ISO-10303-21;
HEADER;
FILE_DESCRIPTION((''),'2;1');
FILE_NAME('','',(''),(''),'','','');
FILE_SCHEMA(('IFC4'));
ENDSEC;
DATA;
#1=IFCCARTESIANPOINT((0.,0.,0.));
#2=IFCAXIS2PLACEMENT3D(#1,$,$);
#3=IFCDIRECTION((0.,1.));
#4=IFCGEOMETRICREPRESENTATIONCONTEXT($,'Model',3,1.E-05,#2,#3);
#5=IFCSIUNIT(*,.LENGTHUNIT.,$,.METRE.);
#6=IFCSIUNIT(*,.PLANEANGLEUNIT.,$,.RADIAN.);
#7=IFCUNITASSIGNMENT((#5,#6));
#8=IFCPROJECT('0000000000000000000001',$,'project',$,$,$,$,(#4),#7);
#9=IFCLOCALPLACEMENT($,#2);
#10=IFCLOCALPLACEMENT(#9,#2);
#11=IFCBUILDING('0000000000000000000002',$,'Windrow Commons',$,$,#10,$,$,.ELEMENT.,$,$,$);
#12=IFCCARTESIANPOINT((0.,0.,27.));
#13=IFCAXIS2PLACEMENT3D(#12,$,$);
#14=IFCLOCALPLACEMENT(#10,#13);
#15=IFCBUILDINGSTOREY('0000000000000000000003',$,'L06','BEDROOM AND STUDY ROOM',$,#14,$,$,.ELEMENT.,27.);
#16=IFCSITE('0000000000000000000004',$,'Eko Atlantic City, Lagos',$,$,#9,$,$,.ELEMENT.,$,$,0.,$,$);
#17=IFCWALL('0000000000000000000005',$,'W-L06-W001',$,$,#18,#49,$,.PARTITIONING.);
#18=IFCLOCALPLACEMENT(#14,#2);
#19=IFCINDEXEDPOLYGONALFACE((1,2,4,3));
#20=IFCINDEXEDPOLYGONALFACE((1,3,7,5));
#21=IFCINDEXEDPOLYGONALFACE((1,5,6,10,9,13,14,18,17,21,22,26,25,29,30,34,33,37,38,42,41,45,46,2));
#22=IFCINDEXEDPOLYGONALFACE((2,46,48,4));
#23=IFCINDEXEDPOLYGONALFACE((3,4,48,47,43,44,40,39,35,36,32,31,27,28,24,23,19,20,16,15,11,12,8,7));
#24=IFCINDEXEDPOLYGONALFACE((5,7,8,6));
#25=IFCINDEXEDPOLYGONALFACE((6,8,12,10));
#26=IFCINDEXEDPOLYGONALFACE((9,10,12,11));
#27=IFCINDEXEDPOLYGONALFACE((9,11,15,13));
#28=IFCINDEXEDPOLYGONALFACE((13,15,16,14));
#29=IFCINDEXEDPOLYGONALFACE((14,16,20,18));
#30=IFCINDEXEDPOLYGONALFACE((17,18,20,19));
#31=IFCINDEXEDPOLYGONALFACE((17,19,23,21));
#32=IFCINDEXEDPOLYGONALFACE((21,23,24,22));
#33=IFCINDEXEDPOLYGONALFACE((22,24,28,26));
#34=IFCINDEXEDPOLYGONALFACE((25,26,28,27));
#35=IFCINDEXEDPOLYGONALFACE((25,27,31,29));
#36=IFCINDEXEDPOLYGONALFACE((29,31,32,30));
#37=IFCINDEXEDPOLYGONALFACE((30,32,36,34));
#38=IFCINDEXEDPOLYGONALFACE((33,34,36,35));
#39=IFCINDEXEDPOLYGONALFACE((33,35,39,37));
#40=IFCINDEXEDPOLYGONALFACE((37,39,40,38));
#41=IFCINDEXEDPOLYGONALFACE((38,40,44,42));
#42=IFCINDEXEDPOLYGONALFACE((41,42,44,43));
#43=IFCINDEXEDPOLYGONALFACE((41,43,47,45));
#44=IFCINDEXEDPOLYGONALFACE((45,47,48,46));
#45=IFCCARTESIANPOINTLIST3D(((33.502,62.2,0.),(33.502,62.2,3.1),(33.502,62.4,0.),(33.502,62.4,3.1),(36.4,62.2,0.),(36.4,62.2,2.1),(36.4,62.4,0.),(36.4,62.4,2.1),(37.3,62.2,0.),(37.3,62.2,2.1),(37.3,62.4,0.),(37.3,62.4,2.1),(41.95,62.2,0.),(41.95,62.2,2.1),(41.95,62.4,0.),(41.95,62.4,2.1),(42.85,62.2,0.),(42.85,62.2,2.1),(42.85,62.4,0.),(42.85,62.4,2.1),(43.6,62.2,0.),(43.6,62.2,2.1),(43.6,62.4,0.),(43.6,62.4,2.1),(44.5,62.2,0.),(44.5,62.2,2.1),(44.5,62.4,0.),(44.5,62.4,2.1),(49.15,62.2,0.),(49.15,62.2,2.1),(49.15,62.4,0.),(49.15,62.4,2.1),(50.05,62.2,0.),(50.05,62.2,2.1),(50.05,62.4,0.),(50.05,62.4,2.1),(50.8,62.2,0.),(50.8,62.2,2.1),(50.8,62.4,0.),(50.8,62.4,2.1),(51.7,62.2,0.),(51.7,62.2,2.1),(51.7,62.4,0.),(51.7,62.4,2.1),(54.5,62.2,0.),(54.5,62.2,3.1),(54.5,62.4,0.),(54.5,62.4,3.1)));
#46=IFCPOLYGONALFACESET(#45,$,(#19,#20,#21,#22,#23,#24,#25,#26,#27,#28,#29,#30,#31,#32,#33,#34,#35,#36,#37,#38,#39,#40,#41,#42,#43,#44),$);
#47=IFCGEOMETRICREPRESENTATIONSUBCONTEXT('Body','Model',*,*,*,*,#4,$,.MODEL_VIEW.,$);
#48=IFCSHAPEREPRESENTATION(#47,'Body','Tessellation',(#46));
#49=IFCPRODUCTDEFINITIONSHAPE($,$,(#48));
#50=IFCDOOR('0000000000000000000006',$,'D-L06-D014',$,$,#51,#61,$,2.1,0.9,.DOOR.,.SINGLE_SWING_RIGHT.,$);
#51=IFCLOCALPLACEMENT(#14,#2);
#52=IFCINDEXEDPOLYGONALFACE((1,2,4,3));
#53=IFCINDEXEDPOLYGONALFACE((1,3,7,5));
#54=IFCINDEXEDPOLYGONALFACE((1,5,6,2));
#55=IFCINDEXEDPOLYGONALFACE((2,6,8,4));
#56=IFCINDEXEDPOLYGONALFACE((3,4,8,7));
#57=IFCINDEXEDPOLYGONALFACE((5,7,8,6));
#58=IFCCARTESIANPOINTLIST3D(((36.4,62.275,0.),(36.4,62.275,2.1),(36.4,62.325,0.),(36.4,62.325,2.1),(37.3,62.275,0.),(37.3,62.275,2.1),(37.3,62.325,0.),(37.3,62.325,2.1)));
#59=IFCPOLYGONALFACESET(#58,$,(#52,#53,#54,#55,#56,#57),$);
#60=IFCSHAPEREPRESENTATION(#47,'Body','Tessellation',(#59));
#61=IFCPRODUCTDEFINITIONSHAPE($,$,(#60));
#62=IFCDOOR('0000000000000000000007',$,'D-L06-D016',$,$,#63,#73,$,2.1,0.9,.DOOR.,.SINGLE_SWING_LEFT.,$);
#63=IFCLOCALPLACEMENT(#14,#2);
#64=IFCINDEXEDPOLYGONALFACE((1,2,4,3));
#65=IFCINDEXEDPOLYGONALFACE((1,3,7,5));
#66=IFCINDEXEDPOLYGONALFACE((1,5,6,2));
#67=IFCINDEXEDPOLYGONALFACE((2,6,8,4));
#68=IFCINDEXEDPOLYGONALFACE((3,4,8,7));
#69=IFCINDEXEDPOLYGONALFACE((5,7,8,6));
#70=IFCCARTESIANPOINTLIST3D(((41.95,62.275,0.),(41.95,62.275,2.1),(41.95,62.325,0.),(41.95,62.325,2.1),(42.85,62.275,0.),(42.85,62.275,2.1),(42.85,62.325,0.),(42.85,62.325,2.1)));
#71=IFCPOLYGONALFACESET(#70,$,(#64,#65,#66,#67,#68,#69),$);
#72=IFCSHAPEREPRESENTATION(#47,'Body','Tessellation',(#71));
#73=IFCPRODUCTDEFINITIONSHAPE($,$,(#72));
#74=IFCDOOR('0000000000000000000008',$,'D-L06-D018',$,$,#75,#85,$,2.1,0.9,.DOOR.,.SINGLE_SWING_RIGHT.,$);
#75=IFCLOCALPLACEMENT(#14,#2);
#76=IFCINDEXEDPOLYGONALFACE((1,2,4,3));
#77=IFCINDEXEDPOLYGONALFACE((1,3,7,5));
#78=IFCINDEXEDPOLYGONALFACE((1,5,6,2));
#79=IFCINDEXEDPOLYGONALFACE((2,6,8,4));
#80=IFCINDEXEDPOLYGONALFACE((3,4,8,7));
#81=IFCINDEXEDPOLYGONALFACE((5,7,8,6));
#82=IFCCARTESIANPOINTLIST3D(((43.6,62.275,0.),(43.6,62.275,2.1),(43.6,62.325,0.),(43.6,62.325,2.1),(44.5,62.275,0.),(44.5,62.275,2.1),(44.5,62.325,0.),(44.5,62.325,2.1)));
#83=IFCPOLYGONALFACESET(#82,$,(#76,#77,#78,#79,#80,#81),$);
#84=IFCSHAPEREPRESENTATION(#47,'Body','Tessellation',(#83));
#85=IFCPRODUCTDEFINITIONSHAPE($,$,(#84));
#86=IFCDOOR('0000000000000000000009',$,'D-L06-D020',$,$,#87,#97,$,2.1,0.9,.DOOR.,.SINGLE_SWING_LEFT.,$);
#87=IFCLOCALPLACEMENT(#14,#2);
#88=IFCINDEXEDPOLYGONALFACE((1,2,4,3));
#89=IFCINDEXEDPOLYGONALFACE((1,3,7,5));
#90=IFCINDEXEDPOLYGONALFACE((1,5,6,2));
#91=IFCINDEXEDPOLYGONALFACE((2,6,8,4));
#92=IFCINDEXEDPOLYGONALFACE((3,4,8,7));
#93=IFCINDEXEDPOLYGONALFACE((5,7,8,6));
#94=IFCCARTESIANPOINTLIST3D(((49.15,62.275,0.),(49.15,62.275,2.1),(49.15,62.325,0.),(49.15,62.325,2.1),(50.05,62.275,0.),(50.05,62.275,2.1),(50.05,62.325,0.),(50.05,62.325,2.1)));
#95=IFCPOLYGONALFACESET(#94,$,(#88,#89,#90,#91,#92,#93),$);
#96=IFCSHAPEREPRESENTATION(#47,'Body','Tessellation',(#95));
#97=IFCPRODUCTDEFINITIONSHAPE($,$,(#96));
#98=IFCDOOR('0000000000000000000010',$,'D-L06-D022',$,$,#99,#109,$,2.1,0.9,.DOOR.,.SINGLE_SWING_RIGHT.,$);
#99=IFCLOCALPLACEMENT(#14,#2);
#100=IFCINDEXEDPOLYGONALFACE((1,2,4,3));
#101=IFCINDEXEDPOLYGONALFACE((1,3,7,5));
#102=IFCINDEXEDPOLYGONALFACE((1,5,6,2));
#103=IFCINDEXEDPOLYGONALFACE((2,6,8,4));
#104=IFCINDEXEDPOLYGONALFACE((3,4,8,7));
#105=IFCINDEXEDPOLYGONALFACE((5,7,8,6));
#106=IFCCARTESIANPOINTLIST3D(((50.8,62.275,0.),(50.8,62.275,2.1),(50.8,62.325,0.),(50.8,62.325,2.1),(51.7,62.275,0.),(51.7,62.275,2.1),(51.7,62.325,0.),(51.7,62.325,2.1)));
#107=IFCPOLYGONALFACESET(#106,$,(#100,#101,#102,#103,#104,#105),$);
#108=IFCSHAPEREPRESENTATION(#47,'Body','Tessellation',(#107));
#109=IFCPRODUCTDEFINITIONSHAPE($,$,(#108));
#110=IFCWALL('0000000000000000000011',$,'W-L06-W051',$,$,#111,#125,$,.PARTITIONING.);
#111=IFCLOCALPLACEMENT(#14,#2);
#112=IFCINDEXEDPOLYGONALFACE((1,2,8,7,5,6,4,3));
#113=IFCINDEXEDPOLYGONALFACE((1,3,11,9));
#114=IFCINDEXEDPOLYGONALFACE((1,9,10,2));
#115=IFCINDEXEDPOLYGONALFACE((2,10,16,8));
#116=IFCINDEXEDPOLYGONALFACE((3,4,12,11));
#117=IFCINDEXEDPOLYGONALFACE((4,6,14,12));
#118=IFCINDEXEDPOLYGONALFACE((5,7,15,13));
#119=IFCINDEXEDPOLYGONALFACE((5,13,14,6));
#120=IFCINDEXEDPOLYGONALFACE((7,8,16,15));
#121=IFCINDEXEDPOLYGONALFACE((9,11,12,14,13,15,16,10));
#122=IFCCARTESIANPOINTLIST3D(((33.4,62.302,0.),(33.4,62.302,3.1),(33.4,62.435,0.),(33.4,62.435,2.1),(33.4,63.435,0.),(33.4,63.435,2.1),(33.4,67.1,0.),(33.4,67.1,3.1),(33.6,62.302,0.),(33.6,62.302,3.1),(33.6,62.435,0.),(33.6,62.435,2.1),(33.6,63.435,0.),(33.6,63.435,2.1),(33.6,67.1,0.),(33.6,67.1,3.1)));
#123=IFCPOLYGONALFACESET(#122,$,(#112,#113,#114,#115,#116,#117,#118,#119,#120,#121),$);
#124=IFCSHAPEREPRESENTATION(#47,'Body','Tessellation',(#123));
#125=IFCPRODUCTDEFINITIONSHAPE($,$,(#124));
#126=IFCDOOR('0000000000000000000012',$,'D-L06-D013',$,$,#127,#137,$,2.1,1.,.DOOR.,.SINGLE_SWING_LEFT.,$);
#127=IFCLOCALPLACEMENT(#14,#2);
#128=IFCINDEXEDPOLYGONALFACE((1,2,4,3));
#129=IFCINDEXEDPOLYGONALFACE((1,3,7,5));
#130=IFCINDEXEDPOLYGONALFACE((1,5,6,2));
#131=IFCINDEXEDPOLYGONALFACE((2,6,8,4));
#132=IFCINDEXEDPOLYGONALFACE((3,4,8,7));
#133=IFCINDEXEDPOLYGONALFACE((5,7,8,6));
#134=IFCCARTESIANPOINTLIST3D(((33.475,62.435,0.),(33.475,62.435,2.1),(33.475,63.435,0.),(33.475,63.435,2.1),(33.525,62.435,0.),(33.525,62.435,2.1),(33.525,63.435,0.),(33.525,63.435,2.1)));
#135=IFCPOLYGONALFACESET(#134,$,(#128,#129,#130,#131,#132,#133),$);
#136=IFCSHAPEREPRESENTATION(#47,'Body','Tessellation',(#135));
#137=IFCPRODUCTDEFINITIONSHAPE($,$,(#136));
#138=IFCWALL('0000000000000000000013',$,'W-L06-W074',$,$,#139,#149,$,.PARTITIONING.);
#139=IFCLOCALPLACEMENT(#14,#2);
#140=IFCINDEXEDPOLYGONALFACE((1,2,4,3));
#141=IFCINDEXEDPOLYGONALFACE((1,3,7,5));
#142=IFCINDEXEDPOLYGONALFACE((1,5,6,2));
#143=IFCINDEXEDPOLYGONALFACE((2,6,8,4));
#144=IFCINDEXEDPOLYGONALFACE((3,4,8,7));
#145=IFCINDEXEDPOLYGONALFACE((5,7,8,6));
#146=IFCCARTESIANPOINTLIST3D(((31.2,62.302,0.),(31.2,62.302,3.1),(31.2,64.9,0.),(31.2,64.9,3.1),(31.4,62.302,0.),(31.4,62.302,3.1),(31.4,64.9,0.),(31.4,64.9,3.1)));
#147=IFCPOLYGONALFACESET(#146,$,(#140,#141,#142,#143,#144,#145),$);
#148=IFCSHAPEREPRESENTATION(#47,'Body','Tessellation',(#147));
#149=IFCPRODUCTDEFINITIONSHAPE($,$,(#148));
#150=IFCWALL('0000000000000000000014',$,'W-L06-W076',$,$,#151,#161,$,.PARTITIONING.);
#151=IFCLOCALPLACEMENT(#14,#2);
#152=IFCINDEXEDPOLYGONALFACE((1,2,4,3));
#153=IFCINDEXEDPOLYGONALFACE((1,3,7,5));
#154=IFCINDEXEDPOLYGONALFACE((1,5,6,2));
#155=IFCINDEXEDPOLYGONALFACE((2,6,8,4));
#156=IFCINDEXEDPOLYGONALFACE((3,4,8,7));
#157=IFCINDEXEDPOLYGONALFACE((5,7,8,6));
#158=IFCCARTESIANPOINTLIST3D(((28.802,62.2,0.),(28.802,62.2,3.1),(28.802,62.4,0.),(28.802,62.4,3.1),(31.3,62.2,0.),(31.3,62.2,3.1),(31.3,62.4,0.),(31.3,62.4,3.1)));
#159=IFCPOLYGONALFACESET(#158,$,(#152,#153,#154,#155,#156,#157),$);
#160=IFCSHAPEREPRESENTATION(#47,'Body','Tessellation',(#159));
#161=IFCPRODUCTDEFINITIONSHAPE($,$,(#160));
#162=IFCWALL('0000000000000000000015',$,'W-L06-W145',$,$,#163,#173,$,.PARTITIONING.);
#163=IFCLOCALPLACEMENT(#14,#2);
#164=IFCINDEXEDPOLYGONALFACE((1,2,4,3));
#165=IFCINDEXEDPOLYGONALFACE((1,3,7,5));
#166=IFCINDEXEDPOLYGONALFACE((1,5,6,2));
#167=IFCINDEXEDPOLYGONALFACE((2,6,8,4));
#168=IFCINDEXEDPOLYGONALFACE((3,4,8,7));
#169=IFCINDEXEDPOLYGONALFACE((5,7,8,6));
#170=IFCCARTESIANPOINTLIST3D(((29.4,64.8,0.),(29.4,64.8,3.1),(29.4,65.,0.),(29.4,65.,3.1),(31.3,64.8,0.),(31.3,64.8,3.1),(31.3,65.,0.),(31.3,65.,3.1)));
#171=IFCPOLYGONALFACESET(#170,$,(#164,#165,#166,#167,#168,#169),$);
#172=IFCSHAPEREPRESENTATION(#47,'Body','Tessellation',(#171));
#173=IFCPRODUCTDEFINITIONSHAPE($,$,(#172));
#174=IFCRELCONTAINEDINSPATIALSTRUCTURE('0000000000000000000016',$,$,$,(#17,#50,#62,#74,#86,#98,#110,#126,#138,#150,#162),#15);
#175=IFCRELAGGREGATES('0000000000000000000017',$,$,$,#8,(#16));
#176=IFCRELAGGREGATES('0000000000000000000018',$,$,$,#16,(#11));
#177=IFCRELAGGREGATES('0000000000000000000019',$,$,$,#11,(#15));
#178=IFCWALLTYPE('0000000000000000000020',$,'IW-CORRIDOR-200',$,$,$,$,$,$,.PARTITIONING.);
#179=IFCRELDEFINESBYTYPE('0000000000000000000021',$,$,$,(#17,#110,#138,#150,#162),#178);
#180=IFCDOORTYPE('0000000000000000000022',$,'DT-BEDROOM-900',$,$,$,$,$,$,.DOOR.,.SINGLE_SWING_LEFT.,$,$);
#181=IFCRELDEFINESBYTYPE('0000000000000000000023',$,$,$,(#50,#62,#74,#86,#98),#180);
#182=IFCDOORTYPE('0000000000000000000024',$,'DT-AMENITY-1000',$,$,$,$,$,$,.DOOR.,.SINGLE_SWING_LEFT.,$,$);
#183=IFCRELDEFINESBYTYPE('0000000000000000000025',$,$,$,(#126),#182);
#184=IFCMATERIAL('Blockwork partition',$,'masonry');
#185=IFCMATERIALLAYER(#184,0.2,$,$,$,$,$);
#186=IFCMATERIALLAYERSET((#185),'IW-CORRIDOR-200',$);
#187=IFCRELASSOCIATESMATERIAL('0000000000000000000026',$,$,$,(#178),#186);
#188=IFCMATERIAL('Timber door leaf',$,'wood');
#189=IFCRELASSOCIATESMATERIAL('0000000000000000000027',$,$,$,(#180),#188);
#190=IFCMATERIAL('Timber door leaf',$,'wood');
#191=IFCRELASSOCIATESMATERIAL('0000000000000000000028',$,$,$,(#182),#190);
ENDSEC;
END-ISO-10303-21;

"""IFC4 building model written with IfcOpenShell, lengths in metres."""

from ifc_helpers import new_model, si_unit, direction, frame, frame_2d, origin, place, context, subcontext, project, spatial, rectangle, extrude, material, layer, layer_set, type_object, element, fill, save


model = new_model("IFC4")

# Units and contexts
model_context = context("Model", 3, precision=1e-05, world=origin(), true_north=direction((0.0, 1.0)))
body_context = subcontext(model_context, "Body", "Model", "MODEL_VIEW")
ifc_project = project(units=[si_unit("LENGTHUNIT", "METRE"), si_unit("PLANEANGLEUNIT", "RADIAN")], contexts=[model_context])

# Site, building, storey
site_placement = place(None, origin())
site = spatial("IfcSite", under=ifc_project, at=site_placement, Name="Eko Atlantic City, Lagos", CompositionType="ELEMENT", RefElevation=0.0)
building_placement = place(site_placement, origin())
building = spatial("IfcBuilding", under=site, at=building_placement, Name="Windrow Commons", CompositionType="ELEMENT")
storey_placement = place(building_placement, frame((0.0, 0.0, 27.0)))
storey = spatial("IfcBuildingStorey", under=building, at=storey_placement, Name="L06", Description="BEDROOM AND STUDY ROOM", CompositionType="ELEMENT", Elevation=27.0)

# Wall, openings, doors
ifc_material_1 = material(Name="Blockwork partition", Category="masonry")
ifc_layer_1 = layer(ifc_material_1, 0.2)
ifc_layer_set_1 = layer_set([ifc_layer_1], Name="IW-CORRIDOR-200")
wall_type_1 = type_object("IfcWallType", Name="IW-CORRIDOR-200", PredefinedType="PARTITIONING", material=ifc_layer_set_1)
wall_1_placement = place(storey_placement, frame((33.502, 62.3, 0.0), z_axis=(0.0, 0.0, 1.0), x_axis=(1.0, 0.0, 0.0)))
wall_1 = element("IfcWall", 1, at=wall_1_placement, inside=storey, type_object=wall_type_1, Name="W-L06-W001", PredefinedType="PARTITIONING", context=body_context, shape_type="SweptSolid", body=[
    extrude(rectangle(XDim=20.998, YDim=0.2, at=frame_2d((10.499, 0.0))), origin(), (0.0, 0.0, 1.0), 3.1),
])
opening_1_placement = place(wall_1_placement, frame((2.898, 0.0, 0.0)))
opening_1 = element("IfcOpeningElement", 2, at=opening_1_placement, cuts=wall_1, PredefinedType="OPENING", context=body_context, shape_type="SweptSolid", body=[
    extrude(rectangle(XDim=0.9, YDim=2.1, at=frame_2d((0.45, 1.05))), frame((0.0, 0.11, 0.0), z_axis=(0.0, -1.0, 0.0), x_axis=(1.0, 0.0, 0.0)), (0.0, 0.0, 1.0), 0.22),
])
opening_2_placement = place(wall_1_placement, frame((8.448, 0.0, 0.0)))
opening_2 = element("IfcOpeningElement", 3, at=opening_2_placement, cuts=wall_1, PredefinedType="OPENING", context=body_context, shape_type="SweptSolid", body=[
    extrude(rectangle(XDim=0.9, YDim=2.1, at=frame_2d((0.45, 1.05))), frame((0.0, 0.11, 0.0), z_axis=(0.0, -1.0, 0.0), x_axis=(1.0, 0.0, 0.0)), (0.0, 0.0, 1.0), 0.22),
])
opening_3_placement = place(wall_1_placement, frame((10.098, 0.0, 0.0)))
opening_3 = element("IfcOpeningElement", 4, at=opening_3_placement, cuts=wall_1, PredefinedType="OPENING", context=body_context, shape_type="SweptSolid", body=[
    extrude(rectangle(XDim=0.9, YDim=2.1, at=frame_2d((0.45, 1.05))), frame((0.0, 0.11, 0.0), z_axis=(0.0, -1.0, 0.0), x_axis=(1.0, 0.0, 0.0)), (0.0, 0.0, 1.0), 0.22),
])
opening_4_placement = place(wall_1_placement, frame((15.648, 0.0, 0.0)))
opening_4 = element("IfcOpeningElement", 5, at=opening_4_placement, cuts=wall_1, PredefinedType="OPENING", context=body_context, shape_type="SweptSolid", body=[
    extrude(rectangle(XDim=0.9, YDim=2.1, at=frame_2d((0.45, 1.05))), frame((0.0, 0.11, 0.0), z_axis=(0.0, -1.0, 0.0), x_axis=(1.0, 0.0, 0.0)), (0.0, 0.0, 1.0), 0.22),
])
opening_5_placement = place(wall_1_placement, frame((17.298, 0.0, 0.0)))
opening_5 = element("IfcOpeningElement", 6, at=opening_5_placement, cuts=wall_1, PredefinedType="OPENING", context=body_context, shape_type="SweptSolid", body=[
    extrude(rectangle(XDim=0.9, YDim=2.1, at=frame_2d((0.45, 1.05))), frame((0.0, 0.11, 0.0), z_axis=(0.0, -1.0, 0.0), x_axis=(1.0, 0.0, 0.0)), (0.0, 0.0, 1.0), 0.22),
])
ifc_material_2 = material(Name="Timber door leaf", Category="wood")
door_type_1 = type_object("IfcDoorType", Name="DT-BEDROOM-900", OperationType="SINGLE_SWING_LEFT", PredefinedType="DOOR", material=ifc_material_2)
door_1_placement = place(opening_1_placement, origin())
door_1 = element("IfcDoor", 7, at=door_1_placement, inside=storey, type_object=door_type_1, Name="D-L06-D014", OperationType="SINGLE_SWING_RIGHT", OverallHeight=2.1, OverallWidth=0.9, PredefinedType="DOOR", context=body_context, shape_type="SweptSolid", body=[
    extrude(rectangle(XDim=0.9, YDim=2.1, at=frame_2d((0.45, 1.05))), frame((0.0, 0.025, 0.0), z_axis=(0.0, -1.0, 0.0), x_axis=(1.0, 0.0, 0.0)), (0.0, 0.0, 1.0), 0.05),
])
fill(opening_1, door_1)
door_2_placement = place(opening_2_placement, origin())
door_2 = element("IfcDoor", 8, at=door_2_placement, inside=storey, type_object=door_type_1, Name="D-L06-D016", OperationType="SINGLE_SWING_LEFT", OverallHeight=2.1, OverallWidth=0.9, PredefinedType="DOOR", context=body_context, shape_type="SweptSolid", body=[
    extrude(rectangle(XDim=0.9, YDim=2.1, at=frame_2d((0.45, 1.05))), frame((0.0, 0.025, 0.0), z_axis=(0.0, -1.0, 0.0), x_axis=(1.0, 0.0, 0.0)), (0.0, 0.0, 1.0), 0.05),
])
fill(opening_2, door_2)
door_3_placement = place(opening_3_placement, origin())
door_3 = element("IfcDoor", 9, at=door_3_placement, inside=storey, type_object=door_type_1, Name="D-L06-D018", OperationType="SINGLE_SWING_RIGHT", OverallHeight=2.1, OverallWidth=0.9, PredefinedType="DOOR", context=body_context, shape_type="SweptSolid", body=[
    extrude(rectangle(XDim=0.9, YDim=2.1, at=frame_2d((0.45, 1.05))), frame((0.0, 0.025, 0.0), z_axis=(0.0, -1.0, 0.0), x_axis=(1.0, 0.0, 0.0)), (0.0, 0.0, 1.0), 0.05),
])
fill(opening_3, door_3)
door_4_placement = place(opening_4_placement, origin())
door_4 = element("IfcDoor", 10, at=door_4_placement, inside=storey, type_object=door_type_1, Name="D-L06-D020", OperationType="SINGLE_SWING_LEFT", OverallHeight=2.1, OverallWidth=0.9, PredefinedType="DOOR", context=body_context, shape_type="SweptSolid", body=[
    extrude(rectangle(XDim=0.9, YDim=2.1, at=frame_2d((0.45, 1.05))), frame((0.0, 0.025, 0.0), z_axis=(0.0, -1.0, 0.0), x_axis=(1.0, 0.0, 0.0)), (0.0, 0.0, 1.0), 0.05),
])
fill(opening_4, door_4)
door_5_placement = place(opening_5_placement, origin())
door_5 = element("IfcDoor", 11, at=door_5_placement, inside=storey, type_object=door_type_1, Name="D-L06-D022", OperationType="SINGLE_SWING_RIGHT", OverallHeight=2.1, OverallWidth=0.9, PredefinedType="DOOR", context=body_context, shape_type="SweptSolid", body=[
    extrude(rectangle(XDim=0.9, YDim=2.1, at=frame_2d((0.45, 1.05))), frame((0.0, 0.025, 0.0), z_axis=(0.0, -1.0, 0.0), x_axis=(1.0, 0.0, 0.0)), (0.0, 0.0, 1.0), 0.05),
])
fill(opening_5, door_5)

# Wall, opening, door
wall_2_placement = place(storey_placement, frame((33.5, 62.302, 0.0), z_axis=(0.0, 0.0, 1.0), x_axis=(0.0, 1.0, 0.0)))
wall_2 = element("IfcWall", 12, at=wall_2_placement, inside=storey, type_object=wall_type_1, Name="W-L06-W051", PredefinedType="PARTITIONING", context=body_context, shape_type="SweptSolid", body=[
    extrude(rectangle(XDim=4.798, YDim=0.2, at=frame_2d((2.399, 0.0))), origin(), (0.0, 0.0, 1.0), 3.1),
])
opening_6_placement = place(wall_2_placement, frame((0.133, 0.0, 0.0)))
opening_6 = element("IfcOpeningElement", 13, at=opening_6_placement, cuts=wall_2, PredefinedType="OPENING", context=body_context, shape_type="SweptSolid", body=[
    extrude(rectangle(XDim=1.0, YDim=2.1, at=frame_2d((0.5, 1.05))), frame((0.0, 0.11, 0.0), z_axis=(0.0, -1.0, 0.0), x_axis=(1.0, 0.0, 0.0)), (0.0, 0.0, 1.0), 0.22),
])
ifc_material_3 = material(Name="Timber door leaf", Category="wood")
door_type_2 = type_object("IfcDoorType", Name="DT-AMENITY-1000", OperationType="SINGLE_SWING_LEFT", PredefinedType="DOOR", material=ifc_material_3)
door_6_placement = place(opening_6_placement, origin())
door_6 = element("IfcDoor", 14, at=door_6_placement, inside=storey, type_object=door_type_2, Name="D-L06-D013", OperationType="SINGLE_SWING_LEFT", OverallHeight=2.1, OverallWidth=1.0, PredefinedType="DOOR", context=body_context, shape_type="SweptSolid", body=[
    extrude(rectangle(XDim=1.0, YDim=2.1, at=frame_2d((0.5, 1.05))), frame((0.0, 0.025, 0.0), z_axis=(0.0, -1.0, 0.0), x_axis=(1.0, 0.0, 0.0)), (0.0, 0.0, 1.0), 0.05),
])
fill(opening_6, door_6)

# Walls
wall_3_placement = place(storey_placement, frame((31.3, 62.302, 0.0), z_axis=(0.0, 0.0, 1.0), x_axis=(0.0, 1.0, 0.0)))
element("IfcWall", 15, at=wall_3_placement, inside=storey, type_object=wall_type_1, Name="W-L06-W074", PredefinedType="PARTITIONING", context=body_context, shape_type="SweptSolid", body=[
    extrude(rectangle(XDim=2.598, YDim=0.2, at=frame_2d((1.299, 0.0))), origin(), (0.0, 0.0, 1.0), 3.1),
])
wall_4_placement = place(storey_placement, frame((28.802, 62.3, 0.0), z_axis=(0.0, 0.0, 1.0), x_axis=(1.0, 0.0, 0.0)))
element("IfcWall", 16, at=wall_4_placement, inside=storey, type_object=wall_type_1, Name="W-L06-W076", PredefinedType="PARTITIONING", context=body_context, shape_type="SweptSolid", body=[
    extrude(rectangle(XDim=2.498, YDim=0.2, at=frame_2d((1.249, 0.0))), origin(), (0.0, 0.0, 1.0), 3.1),
])
wall_5_placement = place(storey_placement, frame((29.4, 64.9, 0.0), z_axis=(0.0, 0.0, 1.0), x_axis=(1.0, 0.0, 0.0)))
element("IfcWall", 17, at=wall_5_placement, inside=storey, type_object=wall_type_1, Name="W-L06-W145", PredefinedType="PARTITIONING", context=body_context, shape_type="SweptSolid", body=[
    extrude(rectangle(XDim=1.9, YDim=0.2, at=frame_2d((0.95, 0.0))), origin(), (0.0, 0.0, 1.0), 3.1),
])

save(model, "model.ifc")
